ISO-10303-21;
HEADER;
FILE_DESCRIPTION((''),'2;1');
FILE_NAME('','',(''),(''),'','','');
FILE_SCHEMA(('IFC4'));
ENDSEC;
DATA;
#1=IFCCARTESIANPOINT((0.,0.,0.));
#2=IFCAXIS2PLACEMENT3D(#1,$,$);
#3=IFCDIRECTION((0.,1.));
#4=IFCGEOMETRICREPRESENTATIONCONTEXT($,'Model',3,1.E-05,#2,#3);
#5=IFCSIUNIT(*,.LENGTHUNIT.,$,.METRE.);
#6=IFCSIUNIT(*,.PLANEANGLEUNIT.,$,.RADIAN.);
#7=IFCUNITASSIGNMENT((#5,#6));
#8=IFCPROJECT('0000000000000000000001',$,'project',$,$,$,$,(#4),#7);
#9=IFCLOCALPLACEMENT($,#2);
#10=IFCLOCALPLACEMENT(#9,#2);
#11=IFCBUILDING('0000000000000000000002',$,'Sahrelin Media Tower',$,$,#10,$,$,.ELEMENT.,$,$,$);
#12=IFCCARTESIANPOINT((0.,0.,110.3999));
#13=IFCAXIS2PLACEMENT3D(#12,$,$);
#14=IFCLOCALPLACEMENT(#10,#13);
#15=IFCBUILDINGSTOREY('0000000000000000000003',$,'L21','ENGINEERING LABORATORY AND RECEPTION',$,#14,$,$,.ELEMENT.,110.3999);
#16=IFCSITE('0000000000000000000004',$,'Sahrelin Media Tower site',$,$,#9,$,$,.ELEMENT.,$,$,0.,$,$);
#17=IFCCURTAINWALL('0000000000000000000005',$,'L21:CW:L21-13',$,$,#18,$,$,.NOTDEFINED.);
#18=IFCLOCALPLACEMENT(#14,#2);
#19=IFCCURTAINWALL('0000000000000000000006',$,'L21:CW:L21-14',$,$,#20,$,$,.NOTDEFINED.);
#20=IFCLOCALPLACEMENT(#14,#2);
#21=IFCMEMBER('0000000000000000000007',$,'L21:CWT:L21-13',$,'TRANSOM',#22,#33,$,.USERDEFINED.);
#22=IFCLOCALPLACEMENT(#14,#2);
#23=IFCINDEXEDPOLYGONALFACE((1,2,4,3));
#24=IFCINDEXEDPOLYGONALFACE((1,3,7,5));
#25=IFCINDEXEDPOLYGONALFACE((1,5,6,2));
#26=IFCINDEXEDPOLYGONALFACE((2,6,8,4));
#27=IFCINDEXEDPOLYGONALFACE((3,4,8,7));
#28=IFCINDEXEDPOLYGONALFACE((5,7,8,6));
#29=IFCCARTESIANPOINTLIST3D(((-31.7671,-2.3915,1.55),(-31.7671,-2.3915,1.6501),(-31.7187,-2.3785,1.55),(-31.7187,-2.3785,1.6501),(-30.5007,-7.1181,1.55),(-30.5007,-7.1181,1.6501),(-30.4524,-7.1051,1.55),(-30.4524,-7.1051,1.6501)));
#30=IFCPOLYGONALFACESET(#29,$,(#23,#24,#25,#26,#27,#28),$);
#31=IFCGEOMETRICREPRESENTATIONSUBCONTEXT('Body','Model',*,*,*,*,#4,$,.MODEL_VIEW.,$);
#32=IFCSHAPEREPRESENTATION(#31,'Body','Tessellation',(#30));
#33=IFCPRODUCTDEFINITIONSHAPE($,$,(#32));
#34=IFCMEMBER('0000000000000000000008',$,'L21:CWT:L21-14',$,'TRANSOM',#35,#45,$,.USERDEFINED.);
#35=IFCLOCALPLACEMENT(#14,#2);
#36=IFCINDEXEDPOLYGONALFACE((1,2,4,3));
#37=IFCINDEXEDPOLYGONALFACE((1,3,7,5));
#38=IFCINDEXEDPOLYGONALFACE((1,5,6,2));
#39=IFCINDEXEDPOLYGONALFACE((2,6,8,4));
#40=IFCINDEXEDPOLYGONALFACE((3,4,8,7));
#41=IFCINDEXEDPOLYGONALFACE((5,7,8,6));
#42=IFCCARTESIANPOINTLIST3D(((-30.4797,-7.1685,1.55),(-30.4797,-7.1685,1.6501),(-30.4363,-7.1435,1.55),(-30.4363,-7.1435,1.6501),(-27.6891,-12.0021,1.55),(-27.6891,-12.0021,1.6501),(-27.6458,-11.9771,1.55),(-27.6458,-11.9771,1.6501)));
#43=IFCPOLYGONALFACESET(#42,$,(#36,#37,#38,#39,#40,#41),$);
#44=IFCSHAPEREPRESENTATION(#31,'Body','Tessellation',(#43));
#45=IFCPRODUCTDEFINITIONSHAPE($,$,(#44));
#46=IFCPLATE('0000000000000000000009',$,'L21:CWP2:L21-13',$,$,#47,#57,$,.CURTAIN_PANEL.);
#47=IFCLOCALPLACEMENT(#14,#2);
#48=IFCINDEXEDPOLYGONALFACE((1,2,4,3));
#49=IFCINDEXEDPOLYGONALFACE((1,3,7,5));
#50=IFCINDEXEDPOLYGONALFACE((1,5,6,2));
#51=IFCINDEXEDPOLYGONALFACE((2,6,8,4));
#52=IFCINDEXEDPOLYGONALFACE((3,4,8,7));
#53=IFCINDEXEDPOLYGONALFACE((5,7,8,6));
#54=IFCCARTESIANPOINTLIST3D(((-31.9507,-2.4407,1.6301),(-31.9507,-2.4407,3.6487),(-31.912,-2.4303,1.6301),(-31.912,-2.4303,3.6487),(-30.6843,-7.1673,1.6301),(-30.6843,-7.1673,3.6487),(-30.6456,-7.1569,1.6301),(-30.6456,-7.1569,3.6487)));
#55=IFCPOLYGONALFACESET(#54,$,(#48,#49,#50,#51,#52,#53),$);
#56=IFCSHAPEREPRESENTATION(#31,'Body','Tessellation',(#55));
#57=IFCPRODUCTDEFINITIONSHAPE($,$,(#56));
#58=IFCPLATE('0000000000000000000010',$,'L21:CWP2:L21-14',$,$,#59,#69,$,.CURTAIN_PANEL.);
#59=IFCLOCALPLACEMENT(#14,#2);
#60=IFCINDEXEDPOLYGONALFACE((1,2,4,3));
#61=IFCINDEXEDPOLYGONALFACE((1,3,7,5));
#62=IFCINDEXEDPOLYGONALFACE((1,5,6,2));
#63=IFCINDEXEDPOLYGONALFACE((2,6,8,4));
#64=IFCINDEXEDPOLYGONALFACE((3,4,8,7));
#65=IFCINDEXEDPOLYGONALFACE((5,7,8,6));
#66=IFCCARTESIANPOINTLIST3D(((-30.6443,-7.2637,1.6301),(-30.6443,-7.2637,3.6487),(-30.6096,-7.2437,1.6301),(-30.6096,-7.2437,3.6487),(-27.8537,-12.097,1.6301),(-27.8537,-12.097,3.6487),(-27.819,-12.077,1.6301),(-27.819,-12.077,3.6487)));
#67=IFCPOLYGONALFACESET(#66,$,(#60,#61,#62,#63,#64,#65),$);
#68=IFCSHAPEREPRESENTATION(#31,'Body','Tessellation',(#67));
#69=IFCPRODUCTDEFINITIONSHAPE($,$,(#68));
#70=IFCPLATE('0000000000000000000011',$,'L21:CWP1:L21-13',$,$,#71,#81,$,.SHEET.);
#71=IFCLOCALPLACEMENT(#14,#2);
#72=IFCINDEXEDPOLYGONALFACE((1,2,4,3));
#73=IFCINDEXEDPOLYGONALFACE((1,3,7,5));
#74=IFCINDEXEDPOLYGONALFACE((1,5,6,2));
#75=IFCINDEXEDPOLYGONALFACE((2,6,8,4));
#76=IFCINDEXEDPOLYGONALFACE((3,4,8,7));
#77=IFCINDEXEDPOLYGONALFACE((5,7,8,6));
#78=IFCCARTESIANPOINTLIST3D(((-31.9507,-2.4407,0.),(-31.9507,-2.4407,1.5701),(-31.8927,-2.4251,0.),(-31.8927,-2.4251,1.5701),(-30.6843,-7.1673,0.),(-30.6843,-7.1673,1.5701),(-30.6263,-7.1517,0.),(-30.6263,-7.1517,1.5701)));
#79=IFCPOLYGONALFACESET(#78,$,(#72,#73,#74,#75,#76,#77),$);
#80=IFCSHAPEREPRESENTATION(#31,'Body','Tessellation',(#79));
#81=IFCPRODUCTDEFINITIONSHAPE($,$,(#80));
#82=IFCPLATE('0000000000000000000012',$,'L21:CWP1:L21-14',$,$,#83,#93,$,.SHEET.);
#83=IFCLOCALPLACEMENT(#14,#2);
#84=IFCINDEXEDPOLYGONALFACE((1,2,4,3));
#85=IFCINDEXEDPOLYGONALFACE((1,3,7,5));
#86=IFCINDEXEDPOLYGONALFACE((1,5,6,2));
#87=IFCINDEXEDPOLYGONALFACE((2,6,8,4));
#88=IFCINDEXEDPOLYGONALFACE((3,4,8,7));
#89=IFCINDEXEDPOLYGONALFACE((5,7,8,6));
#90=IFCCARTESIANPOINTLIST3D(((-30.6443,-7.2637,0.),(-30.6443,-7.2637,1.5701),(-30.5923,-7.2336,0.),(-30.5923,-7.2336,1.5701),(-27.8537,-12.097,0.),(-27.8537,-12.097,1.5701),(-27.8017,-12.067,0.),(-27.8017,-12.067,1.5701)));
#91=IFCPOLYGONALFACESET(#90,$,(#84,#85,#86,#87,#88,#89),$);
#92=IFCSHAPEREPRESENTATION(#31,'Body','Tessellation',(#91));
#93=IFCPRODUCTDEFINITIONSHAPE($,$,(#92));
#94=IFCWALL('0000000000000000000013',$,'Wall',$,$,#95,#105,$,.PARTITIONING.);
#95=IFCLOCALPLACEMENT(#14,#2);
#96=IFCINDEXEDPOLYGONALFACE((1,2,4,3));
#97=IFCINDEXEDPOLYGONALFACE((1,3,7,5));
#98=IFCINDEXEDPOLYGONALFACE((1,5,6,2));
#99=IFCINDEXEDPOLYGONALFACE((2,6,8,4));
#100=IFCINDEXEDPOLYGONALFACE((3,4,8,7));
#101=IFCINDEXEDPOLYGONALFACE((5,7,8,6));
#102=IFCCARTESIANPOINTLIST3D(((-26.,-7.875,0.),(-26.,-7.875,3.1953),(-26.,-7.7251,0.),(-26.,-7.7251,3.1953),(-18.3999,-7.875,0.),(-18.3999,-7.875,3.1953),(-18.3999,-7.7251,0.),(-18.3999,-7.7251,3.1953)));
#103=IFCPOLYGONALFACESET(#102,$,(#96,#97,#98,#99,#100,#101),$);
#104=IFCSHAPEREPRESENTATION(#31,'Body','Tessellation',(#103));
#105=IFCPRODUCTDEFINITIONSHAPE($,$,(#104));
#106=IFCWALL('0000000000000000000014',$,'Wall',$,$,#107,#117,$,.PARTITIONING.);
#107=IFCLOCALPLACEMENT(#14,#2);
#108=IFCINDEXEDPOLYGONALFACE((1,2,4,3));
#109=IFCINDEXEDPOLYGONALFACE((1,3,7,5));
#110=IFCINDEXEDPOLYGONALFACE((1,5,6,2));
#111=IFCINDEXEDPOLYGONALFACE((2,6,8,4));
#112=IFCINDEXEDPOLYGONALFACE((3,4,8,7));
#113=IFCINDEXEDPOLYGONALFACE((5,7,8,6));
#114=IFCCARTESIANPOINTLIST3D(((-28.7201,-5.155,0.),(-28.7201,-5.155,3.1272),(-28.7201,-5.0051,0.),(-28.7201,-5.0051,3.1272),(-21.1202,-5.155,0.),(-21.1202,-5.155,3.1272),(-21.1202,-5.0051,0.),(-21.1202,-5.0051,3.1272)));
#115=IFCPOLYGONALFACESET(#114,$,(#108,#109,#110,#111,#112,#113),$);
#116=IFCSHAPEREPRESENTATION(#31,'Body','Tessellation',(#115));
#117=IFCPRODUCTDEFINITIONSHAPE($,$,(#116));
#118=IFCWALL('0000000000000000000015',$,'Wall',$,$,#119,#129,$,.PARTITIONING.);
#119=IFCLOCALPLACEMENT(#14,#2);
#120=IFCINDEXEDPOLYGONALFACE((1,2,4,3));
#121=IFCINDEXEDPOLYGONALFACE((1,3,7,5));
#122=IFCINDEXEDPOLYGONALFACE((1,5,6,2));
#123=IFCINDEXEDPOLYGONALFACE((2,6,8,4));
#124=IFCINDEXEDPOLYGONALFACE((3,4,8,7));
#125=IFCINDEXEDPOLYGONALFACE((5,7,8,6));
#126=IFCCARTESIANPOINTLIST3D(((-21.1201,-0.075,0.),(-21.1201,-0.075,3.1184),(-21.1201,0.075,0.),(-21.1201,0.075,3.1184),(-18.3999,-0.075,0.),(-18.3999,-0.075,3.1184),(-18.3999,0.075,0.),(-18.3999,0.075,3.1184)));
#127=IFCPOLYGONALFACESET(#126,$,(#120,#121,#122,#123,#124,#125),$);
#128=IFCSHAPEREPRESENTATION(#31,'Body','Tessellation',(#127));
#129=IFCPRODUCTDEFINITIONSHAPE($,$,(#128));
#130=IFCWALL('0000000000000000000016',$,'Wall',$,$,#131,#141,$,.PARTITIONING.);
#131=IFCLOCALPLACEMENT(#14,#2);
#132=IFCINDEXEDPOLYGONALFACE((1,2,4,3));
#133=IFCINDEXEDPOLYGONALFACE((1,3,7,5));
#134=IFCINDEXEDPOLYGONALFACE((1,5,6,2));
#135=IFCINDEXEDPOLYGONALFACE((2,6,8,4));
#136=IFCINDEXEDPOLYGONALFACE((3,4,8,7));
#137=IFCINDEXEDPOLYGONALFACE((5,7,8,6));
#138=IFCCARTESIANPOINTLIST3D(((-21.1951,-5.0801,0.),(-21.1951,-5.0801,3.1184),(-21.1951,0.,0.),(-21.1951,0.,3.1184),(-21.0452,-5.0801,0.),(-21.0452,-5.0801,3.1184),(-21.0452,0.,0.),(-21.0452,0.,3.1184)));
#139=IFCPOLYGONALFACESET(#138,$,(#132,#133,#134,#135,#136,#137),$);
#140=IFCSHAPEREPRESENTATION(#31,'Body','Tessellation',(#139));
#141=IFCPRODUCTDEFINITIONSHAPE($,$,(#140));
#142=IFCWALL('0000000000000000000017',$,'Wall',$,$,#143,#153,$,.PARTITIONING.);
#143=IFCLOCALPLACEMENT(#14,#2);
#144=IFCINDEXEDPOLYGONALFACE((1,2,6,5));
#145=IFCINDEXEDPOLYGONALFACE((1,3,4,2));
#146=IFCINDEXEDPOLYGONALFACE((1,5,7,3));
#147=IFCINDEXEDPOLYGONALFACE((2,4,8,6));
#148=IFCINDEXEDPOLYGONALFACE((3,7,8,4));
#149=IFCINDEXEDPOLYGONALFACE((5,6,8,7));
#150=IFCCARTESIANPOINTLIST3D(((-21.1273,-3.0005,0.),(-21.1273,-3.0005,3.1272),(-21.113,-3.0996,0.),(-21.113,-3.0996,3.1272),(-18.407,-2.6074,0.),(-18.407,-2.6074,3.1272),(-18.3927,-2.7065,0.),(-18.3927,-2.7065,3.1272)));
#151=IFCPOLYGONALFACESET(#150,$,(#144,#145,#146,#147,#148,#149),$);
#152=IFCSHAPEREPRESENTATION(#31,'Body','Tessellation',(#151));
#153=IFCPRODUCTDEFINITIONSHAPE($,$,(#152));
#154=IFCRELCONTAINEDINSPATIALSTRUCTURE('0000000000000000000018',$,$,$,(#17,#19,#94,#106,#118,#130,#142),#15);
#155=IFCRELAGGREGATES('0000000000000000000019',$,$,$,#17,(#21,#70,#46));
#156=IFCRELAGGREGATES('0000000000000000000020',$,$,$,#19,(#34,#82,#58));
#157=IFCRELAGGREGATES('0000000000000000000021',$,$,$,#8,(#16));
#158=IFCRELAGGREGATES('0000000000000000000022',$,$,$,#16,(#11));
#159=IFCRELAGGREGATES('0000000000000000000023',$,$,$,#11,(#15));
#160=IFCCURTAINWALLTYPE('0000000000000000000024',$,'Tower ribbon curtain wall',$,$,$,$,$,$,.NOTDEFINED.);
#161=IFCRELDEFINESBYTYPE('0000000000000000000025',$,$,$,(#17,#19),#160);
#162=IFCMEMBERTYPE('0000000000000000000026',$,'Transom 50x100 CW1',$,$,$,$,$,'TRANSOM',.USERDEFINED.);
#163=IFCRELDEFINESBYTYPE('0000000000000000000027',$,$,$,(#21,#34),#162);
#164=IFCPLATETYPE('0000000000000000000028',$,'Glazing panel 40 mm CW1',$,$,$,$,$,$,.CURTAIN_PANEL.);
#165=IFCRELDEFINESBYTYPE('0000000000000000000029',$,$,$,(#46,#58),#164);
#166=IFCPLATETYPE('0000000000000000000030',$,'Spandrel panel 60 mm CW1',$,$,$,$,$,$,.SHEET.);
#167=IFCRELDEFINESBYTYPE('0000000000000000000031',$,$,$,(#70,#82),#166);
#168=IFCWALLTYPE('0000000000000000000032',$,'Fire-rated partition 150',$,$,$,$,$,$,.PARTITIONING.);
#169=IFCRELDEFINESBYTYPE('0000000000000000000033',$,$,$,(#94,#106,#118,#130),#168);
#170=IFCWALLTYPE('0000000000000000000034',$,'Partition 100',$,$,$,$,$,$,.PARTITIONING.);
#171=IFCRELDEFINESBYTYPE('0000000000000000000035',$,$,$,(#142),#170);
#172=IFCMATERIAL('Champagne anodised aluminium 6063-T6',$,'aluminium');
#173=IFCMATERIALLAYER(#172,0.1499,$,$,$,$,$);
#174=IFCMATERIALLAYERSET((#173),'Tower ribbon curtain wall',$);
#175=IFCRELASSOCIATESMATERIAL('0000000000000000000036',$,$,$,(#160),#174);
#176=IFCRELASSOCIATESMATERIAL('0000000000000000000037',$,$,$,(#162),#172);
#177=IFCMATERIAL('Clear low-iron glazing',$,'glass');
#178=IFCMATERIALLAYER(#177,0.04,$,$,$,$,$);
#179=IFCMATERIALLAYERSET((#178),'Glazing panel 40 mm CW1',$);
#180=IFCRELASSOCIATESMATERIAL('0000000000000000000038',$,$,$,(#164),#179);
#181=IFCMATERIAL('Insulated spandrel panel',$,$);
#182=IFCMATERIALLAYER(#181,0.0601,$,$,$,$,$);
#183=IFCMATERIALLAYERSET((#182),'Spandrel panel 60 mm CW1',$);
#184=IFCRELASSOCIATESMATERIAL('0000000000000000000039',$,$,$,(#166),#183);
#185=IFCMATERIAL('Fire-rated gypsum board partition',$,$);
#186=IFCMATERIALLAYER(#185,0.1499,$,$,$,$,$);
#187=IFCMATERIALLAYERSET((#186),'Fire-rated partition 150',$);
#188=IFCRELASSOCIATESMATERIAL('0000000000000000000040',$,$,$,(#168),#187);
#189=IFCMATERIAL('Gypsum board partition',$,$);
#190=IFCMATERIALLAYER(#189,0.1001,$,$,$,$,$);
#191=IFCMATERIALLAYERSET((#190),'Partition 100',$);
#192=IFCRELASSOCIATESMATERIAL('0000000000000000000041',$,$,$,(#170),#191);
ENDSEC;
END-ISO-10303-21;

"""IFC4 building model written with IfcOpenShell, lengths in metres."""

from ifc_helpers import new_model, si_unit, direction, frame, frame_2d, origin, origin_2d, place, context, subcontext, project, spatial, polyline, rectangle, outline, extrude, material, layer, layer_set, material_profile, profile_set, type_object, element, aggregate, save


model = new_model("IFC4")

# Units and contexts
model_context = context("Model", 3, precision=1e-05, world=origin(), true_north=direction((0.0, 1.0)))
body_context = subcontext(model_context, "Body", "Model", "MODEL_VIEW")
ifc_project = project(units=[si_unit("LENGTHUNIT", "METRE"), si_unit("PLANEANGLEUNIT", "RADIAN")], contexts=[model_context])

# Site, building, storey
site_placement = place(None, origin())
site = spatial("IfcSite", under=ifc_project, at=site_placement, Name="Sahrelin Media Tower site", CompositionType="ELEMENT", RefElevation=0.0)
building_placement = place(site_placement, origin())
building = spatial("IfcBuilding", under=site, at=building_placement, Name="Sahrelin Media Tower", CompositionType="ELEMENT")
storey_placement = place(building_placement, frame((0.0, 0.0, 110.3999)))
storey = spatial("IfcBuildingStorey", under=building, at=storey_placement, Name="L21", Description="ENGINEERING LABORATORY AND RECEPTION", CompositionType="ELEMENT", Elevation=110.3999)

# Curtain walls
ifc_material_1 = material(Name="Champagne anodised aluminium 6063-T6", Category="aluminium")
ifc_layer_1 = layer(ifc_material_1, 0.1499)
ifc_layer_set_1 = layer_set([ifc_layer_1], Name="Tower ribbon curtain wall")
curtain_wall_type = type_object("IfcCurtainWallType", Name="Tower ribbon curtain wall", PredefinedType="NOTDEFINED", material=ifc_layer_set_1)
curtain_wall_1_placement = place(storey_placement, frame((-31.2981, -4.7988, 0.0), z_axis=(0.0, 0.0, 1.0), x_axis=(1.0, 0.0, 0.0)))
curtain_wall_1 = element("IfcCurtainWall", 1, at=curtain_wall_1_placement, inside=storey, type_object=curtain_wall_type, Name="L21:CW:L21-13", PredefinedType="NOTDEFINED")
curtain_wall_2_placement = place(storey_placement, frame((-29.2317, -9.6704, 0.0), z_axis=(0.0, 0.0, 1.0), x_axis=(1.0, 0.0, 0.0)))
curtain_wall_2 = element("IfcCurtainWall", 2, at=curtain_wall_2_placement, inside=storey, type_object=curtain_wall_type, Name="L21:CW:L21-14", PredefinedType="NOTDEFINED")

# Members
ifc_material_profile_1 = material_profile(ifc_material_1, rectangle(XDim=0.05, YDim=0.1001, at=origin_2d()), Name="Transom 50x100")
ifc_profile_set_1 = profile_set([ifc_material_profile_1], Name="Champagne anodised aluminium 6063-T6")
member_type_1 = type_object("IfcMemberType", Name="Transom 50x100 CW1", ElementType="TRANSOM", PredefinedType="USERDEFINED", material=ifc_profile_set_1)
member_1_placement = place(storey_placement, frame((-31.7429, -2.385, 1.6001), z_axis=(0.258796, -0.965932, 0.0), x_axis=(0.965932, 0.258796, 0.0)))
member_1 = element("IfcMember", 3, at=member_1_placement, type_object=member_type_1, Name="L21:CWT:L21-13", ObjectType="TRANSOM", PredefinedType="USERDEFINED", context=body_context, shape_type="SweptSolid", body=[
    extrude(rectangle(XDim=0.05, YDim=0.1001, at=origin_2d()), origin(), (0.0, 0.0, 1.0), 4.8933),
])
member_2_placement = place(storey_placement, frame((-30.458, -7.156, 1.6001), z_axis=(0.499988, -0.866033, 0.0), x_axis=(0.866033, 0.499988, 0.0)))
member_2 = element("IfcMember", 4, at=member_2_placement, type_object=member_type_1, Name="L21:CWT:L21-14", ObjectType="TRANSOM", PredefinedType="USERDEFINED", context=body_context, shape_type="SweptSolid", body=[
    extrude(rectangle(XDim=0.05, YDim=0.1001, at=origin_2d()), origin(), (0.0, 0.0, 1.0), 5.5813),
])

# Plates
ifc_material_2 = material(Name="Clear low-iron glazing", Category="glass")
ifc_layer_2 = layer(ifc_material_2, 0.04)
ifc_layer_set_2 = layer_set([ifc_layer_2], Name="Glazing panel 40 mm CW1")
plate_type_1 = type_object("IfcPlateType", Name="Glazing panel 40 mm CW1", PredefinedType="CURTAIN_PANEL", material=ifc_layer_set_2)
plate_1_placement = place(storey_placement, frame((-31.9507, -2.4407, 1.6301), z_axis=(-0.965932, -0.258796, 0.0), x_axis=(0.258796, -0.965932, 0.0)))
plate_1 = element("IfcPlate", 5, at=plate_1_placement, type_object=plate_type_1, Name="L21:CWP2:L21-13", PredefinedType="CURTAIN_PANEL", context=body_context, shape_type="SweptSolid", body=[
    extrude(outline(polyline([(0.0, 0.0), (4.8933, 0.0), (4.8933, 2.0186), (0.0, 2.0186), (0.0, 0.0)])), origin(), (0.0, 0.0, -1.0), 0.04),
])
plate_2_placement = place(storey_placement, frame((-30.6443, -7.2637, 1.6301), z_axis=(-0.866022, -0.500006, 0.0), x_axis=(0.500006, -0.866022, 0.0)))
plate_2 = element("IfcPlate", 6, at=plate_2_placement, type_object=plate_type_1, Name="L21:CWP2:L21-14", PredefinedType="CURTAIN_PANEL", context=body_context, shape_type="SweptSolid", body=[
    extrude(outline(polyline([(0.0, 0.0), (5.5811, 0.0), (5.5811, 2.0186), (0.0, 2.0186), (0.0, 0.0)])), origin(), (0.0, 0.0, -1.0), 0.04),
])
ifc_material_3 = material(Name="Insulated spandrel panel")
ifc_layer_3 = layer(ifc_material_3, 0.0601)
ifc_layer_set_3 = layer_set([ifc_layer_3], Name="Spandrel panel 60 mm CW1")
plate_type_2 = type_object("IfcPlateType", Name="Spandrel panel 60 mm CW1", PredefinedType="SHEET", material=ifc_layer_set_3)
plate_3_placement = place(storey_placement, frame((-31.9507, -2.4407, 0.0), z_axis=(-0.965932, -0.258796, 0.0), x_axis=(0.258796, -0.965932, 0.0)))
plate_3 = element("IfcPlate", 7, at=plate_3_placement, type_object=plate_type_2, Name="L21:CWP1:L21-13", PredefinedType="SHEET", context=body_context, shape_type="SweptSolid", body=[
    extrude(outline(polyline([(0.0, 0.0), (4.8933, 0.0), (4.8933, 1.5701), (0.0, 1.5701), (0.0, 0.0)])), origin(), (0.0, 0.0, -1.0), 0.0601),
])
aggregate(curtain_wall_1, [member_1, plate_3, plate_1])
plate_4_placement = place(storey_placement, frame((-30.6443, -7.2637, 0.0), z_axis=(-0.866022, -0.500006, 0.0), x_axis=(0.500006, -0.866022, 0.0)))
plate_4 = element("IfcPlate", 8, at=plate_4_placement, type_object=plate_type_2, Name="L21:CWP1:L21-14", PredefinedType="SHEET", context=body_context, shape_type="SweptSolid", body=[
    extrude(outline(polyline([(0.0, 0.0), (5.5811, 0.0), (5.5811, 1.5701), (0.0, 1.5701), (0.0, 0.0)])), origin(), (0.0, 0.0, -1.0), 0.0601),
])
aggregate(curtain_wall_2, [member_2, plate_4, plate_2])

# Walls
ifc_material_4 = material(Name="Fire-rated gypsum board partition")
ifc_layer_4 = layer(ifc_material_4, 0.1499)
ifc_layer_set_4 = layer_set([ifc_layer_4], Name="Fire-rated partition 150")
wall_type_1 = type_object("IfcWallType", Name="Fire-rated partition 150", PredefinedType="PARTITIONING", material=ifc_layer_set_4)
wall_1_placement = place(storey_placement, frame((-26.0, -7.8, 0.0), z_axis=(0.0, 0.0, 1.0), x_axis=(1.0, 0.0, 0.0)))
element("IfcWall", 9, at=wall_1_placement, inside=storey, type_object=wall_type_1, Name="Wall", PredefinedType="PARTITIONING", context=body_context, shape_type="SweptSolid", body=[
    extrude(rectangle(XDim=7.6001, YDim=0.1499, at=frame_2d((3.8, 0.0))), origin(), (0.0, 0.0, 1.0), 3.1953),
])
wall_2_placement = place(storey_placement, frame((-28.72, -5.0801, 0.0), z_axis=(0.0, 0.0, 1.0), x_axis=(1.0, 0.0, 0.0)))
element("IfcWall", 10, at=wall_2_placement, inside=storey, type_object=wall_type_1, Name="Wall", PredefinedType="PARTITIONING", context=body_context, shape_type="SweptSolid", body=[
    extrude(rectangle(XDim=7.5999, YDim=0.1499, at=frame_2d((3.7998, 0.0))), origin(), (0.0, 0.0, 1.0), 3.1272),
])
wall_3_placement = place(storey_placement, frame((-21.1201, 0.0, 0.0), z_axis=(0.0, 0.0, 1.0), x_axis=(1.0, 0.0, 0.0)))
element("IfcWall", 11, at=wall_3_placement, inside=storey, type_object=wall_type_1, Name="Wall", PredefinedType="PARTITIONING", context=body_context, shape_type="SweptSolid", body=[
    extrude(rectangle(XDim=2.7202, YDim=0.1499, at=frame_2d((1.3601, 0.0))), origin(), (0.0, 0.0, 1.0), 3.1184),
])
wall_4_placement = place(storey_placement, frame((-21.1201, -5.0801, 0.0), z_axis=(0.0, 0.0, 1.0), x_axis=(0.0, 1.0, 0.0)))
element("IfcWall", 12, at=wall_4_placement, inside=storey, type_object=wall_type_1, Name="Wall", PredefinedType="PARTITIONING", context=body_context, shape_type="SweptSolid", body=[
    extrude(rectangle(XDim=5.0801, YDim=0.1499, at=frame_2d((2.54, 0.0))), origin(), (0.0, 0.0, 1.0), 3.1184),
])
ifc_material_5 = material(Name="Gypsum board partition")
ifc_layer_5 = layer(ifc_material_5, 0.1001)
ifc_layer_set_5 = layer_set([ifc_layer_5], Name="Partition 100")
wall_type_2 = type_object("IfcWallType", Name="Partition 100", PredefinedType="PARTITIONING", material=ifc_layer_set_5)
wall_5_placement = place(storey_placement, frame((-21.1201, -3.05, 0.0), z_axis=(0.0, 0.0, 1.0), x_axis=(0.989721, 0.143013, 0.0)))
element("IfcWall", 13, at=wall_5_placement, inside=storey, type_object=wall_type_2, Name="Wall", PredefinedType="PARTITIONING", context=body_context, shape_type="SweptSolid", body=[
    extrude(rectangle(XDim=2.7485, YDim=0.1001, at=frame_2d((1.3743, 0.0))), origin(), (0.0, 0.0, 1.0), 3.1272),
])

save(model, "model.ifc")
